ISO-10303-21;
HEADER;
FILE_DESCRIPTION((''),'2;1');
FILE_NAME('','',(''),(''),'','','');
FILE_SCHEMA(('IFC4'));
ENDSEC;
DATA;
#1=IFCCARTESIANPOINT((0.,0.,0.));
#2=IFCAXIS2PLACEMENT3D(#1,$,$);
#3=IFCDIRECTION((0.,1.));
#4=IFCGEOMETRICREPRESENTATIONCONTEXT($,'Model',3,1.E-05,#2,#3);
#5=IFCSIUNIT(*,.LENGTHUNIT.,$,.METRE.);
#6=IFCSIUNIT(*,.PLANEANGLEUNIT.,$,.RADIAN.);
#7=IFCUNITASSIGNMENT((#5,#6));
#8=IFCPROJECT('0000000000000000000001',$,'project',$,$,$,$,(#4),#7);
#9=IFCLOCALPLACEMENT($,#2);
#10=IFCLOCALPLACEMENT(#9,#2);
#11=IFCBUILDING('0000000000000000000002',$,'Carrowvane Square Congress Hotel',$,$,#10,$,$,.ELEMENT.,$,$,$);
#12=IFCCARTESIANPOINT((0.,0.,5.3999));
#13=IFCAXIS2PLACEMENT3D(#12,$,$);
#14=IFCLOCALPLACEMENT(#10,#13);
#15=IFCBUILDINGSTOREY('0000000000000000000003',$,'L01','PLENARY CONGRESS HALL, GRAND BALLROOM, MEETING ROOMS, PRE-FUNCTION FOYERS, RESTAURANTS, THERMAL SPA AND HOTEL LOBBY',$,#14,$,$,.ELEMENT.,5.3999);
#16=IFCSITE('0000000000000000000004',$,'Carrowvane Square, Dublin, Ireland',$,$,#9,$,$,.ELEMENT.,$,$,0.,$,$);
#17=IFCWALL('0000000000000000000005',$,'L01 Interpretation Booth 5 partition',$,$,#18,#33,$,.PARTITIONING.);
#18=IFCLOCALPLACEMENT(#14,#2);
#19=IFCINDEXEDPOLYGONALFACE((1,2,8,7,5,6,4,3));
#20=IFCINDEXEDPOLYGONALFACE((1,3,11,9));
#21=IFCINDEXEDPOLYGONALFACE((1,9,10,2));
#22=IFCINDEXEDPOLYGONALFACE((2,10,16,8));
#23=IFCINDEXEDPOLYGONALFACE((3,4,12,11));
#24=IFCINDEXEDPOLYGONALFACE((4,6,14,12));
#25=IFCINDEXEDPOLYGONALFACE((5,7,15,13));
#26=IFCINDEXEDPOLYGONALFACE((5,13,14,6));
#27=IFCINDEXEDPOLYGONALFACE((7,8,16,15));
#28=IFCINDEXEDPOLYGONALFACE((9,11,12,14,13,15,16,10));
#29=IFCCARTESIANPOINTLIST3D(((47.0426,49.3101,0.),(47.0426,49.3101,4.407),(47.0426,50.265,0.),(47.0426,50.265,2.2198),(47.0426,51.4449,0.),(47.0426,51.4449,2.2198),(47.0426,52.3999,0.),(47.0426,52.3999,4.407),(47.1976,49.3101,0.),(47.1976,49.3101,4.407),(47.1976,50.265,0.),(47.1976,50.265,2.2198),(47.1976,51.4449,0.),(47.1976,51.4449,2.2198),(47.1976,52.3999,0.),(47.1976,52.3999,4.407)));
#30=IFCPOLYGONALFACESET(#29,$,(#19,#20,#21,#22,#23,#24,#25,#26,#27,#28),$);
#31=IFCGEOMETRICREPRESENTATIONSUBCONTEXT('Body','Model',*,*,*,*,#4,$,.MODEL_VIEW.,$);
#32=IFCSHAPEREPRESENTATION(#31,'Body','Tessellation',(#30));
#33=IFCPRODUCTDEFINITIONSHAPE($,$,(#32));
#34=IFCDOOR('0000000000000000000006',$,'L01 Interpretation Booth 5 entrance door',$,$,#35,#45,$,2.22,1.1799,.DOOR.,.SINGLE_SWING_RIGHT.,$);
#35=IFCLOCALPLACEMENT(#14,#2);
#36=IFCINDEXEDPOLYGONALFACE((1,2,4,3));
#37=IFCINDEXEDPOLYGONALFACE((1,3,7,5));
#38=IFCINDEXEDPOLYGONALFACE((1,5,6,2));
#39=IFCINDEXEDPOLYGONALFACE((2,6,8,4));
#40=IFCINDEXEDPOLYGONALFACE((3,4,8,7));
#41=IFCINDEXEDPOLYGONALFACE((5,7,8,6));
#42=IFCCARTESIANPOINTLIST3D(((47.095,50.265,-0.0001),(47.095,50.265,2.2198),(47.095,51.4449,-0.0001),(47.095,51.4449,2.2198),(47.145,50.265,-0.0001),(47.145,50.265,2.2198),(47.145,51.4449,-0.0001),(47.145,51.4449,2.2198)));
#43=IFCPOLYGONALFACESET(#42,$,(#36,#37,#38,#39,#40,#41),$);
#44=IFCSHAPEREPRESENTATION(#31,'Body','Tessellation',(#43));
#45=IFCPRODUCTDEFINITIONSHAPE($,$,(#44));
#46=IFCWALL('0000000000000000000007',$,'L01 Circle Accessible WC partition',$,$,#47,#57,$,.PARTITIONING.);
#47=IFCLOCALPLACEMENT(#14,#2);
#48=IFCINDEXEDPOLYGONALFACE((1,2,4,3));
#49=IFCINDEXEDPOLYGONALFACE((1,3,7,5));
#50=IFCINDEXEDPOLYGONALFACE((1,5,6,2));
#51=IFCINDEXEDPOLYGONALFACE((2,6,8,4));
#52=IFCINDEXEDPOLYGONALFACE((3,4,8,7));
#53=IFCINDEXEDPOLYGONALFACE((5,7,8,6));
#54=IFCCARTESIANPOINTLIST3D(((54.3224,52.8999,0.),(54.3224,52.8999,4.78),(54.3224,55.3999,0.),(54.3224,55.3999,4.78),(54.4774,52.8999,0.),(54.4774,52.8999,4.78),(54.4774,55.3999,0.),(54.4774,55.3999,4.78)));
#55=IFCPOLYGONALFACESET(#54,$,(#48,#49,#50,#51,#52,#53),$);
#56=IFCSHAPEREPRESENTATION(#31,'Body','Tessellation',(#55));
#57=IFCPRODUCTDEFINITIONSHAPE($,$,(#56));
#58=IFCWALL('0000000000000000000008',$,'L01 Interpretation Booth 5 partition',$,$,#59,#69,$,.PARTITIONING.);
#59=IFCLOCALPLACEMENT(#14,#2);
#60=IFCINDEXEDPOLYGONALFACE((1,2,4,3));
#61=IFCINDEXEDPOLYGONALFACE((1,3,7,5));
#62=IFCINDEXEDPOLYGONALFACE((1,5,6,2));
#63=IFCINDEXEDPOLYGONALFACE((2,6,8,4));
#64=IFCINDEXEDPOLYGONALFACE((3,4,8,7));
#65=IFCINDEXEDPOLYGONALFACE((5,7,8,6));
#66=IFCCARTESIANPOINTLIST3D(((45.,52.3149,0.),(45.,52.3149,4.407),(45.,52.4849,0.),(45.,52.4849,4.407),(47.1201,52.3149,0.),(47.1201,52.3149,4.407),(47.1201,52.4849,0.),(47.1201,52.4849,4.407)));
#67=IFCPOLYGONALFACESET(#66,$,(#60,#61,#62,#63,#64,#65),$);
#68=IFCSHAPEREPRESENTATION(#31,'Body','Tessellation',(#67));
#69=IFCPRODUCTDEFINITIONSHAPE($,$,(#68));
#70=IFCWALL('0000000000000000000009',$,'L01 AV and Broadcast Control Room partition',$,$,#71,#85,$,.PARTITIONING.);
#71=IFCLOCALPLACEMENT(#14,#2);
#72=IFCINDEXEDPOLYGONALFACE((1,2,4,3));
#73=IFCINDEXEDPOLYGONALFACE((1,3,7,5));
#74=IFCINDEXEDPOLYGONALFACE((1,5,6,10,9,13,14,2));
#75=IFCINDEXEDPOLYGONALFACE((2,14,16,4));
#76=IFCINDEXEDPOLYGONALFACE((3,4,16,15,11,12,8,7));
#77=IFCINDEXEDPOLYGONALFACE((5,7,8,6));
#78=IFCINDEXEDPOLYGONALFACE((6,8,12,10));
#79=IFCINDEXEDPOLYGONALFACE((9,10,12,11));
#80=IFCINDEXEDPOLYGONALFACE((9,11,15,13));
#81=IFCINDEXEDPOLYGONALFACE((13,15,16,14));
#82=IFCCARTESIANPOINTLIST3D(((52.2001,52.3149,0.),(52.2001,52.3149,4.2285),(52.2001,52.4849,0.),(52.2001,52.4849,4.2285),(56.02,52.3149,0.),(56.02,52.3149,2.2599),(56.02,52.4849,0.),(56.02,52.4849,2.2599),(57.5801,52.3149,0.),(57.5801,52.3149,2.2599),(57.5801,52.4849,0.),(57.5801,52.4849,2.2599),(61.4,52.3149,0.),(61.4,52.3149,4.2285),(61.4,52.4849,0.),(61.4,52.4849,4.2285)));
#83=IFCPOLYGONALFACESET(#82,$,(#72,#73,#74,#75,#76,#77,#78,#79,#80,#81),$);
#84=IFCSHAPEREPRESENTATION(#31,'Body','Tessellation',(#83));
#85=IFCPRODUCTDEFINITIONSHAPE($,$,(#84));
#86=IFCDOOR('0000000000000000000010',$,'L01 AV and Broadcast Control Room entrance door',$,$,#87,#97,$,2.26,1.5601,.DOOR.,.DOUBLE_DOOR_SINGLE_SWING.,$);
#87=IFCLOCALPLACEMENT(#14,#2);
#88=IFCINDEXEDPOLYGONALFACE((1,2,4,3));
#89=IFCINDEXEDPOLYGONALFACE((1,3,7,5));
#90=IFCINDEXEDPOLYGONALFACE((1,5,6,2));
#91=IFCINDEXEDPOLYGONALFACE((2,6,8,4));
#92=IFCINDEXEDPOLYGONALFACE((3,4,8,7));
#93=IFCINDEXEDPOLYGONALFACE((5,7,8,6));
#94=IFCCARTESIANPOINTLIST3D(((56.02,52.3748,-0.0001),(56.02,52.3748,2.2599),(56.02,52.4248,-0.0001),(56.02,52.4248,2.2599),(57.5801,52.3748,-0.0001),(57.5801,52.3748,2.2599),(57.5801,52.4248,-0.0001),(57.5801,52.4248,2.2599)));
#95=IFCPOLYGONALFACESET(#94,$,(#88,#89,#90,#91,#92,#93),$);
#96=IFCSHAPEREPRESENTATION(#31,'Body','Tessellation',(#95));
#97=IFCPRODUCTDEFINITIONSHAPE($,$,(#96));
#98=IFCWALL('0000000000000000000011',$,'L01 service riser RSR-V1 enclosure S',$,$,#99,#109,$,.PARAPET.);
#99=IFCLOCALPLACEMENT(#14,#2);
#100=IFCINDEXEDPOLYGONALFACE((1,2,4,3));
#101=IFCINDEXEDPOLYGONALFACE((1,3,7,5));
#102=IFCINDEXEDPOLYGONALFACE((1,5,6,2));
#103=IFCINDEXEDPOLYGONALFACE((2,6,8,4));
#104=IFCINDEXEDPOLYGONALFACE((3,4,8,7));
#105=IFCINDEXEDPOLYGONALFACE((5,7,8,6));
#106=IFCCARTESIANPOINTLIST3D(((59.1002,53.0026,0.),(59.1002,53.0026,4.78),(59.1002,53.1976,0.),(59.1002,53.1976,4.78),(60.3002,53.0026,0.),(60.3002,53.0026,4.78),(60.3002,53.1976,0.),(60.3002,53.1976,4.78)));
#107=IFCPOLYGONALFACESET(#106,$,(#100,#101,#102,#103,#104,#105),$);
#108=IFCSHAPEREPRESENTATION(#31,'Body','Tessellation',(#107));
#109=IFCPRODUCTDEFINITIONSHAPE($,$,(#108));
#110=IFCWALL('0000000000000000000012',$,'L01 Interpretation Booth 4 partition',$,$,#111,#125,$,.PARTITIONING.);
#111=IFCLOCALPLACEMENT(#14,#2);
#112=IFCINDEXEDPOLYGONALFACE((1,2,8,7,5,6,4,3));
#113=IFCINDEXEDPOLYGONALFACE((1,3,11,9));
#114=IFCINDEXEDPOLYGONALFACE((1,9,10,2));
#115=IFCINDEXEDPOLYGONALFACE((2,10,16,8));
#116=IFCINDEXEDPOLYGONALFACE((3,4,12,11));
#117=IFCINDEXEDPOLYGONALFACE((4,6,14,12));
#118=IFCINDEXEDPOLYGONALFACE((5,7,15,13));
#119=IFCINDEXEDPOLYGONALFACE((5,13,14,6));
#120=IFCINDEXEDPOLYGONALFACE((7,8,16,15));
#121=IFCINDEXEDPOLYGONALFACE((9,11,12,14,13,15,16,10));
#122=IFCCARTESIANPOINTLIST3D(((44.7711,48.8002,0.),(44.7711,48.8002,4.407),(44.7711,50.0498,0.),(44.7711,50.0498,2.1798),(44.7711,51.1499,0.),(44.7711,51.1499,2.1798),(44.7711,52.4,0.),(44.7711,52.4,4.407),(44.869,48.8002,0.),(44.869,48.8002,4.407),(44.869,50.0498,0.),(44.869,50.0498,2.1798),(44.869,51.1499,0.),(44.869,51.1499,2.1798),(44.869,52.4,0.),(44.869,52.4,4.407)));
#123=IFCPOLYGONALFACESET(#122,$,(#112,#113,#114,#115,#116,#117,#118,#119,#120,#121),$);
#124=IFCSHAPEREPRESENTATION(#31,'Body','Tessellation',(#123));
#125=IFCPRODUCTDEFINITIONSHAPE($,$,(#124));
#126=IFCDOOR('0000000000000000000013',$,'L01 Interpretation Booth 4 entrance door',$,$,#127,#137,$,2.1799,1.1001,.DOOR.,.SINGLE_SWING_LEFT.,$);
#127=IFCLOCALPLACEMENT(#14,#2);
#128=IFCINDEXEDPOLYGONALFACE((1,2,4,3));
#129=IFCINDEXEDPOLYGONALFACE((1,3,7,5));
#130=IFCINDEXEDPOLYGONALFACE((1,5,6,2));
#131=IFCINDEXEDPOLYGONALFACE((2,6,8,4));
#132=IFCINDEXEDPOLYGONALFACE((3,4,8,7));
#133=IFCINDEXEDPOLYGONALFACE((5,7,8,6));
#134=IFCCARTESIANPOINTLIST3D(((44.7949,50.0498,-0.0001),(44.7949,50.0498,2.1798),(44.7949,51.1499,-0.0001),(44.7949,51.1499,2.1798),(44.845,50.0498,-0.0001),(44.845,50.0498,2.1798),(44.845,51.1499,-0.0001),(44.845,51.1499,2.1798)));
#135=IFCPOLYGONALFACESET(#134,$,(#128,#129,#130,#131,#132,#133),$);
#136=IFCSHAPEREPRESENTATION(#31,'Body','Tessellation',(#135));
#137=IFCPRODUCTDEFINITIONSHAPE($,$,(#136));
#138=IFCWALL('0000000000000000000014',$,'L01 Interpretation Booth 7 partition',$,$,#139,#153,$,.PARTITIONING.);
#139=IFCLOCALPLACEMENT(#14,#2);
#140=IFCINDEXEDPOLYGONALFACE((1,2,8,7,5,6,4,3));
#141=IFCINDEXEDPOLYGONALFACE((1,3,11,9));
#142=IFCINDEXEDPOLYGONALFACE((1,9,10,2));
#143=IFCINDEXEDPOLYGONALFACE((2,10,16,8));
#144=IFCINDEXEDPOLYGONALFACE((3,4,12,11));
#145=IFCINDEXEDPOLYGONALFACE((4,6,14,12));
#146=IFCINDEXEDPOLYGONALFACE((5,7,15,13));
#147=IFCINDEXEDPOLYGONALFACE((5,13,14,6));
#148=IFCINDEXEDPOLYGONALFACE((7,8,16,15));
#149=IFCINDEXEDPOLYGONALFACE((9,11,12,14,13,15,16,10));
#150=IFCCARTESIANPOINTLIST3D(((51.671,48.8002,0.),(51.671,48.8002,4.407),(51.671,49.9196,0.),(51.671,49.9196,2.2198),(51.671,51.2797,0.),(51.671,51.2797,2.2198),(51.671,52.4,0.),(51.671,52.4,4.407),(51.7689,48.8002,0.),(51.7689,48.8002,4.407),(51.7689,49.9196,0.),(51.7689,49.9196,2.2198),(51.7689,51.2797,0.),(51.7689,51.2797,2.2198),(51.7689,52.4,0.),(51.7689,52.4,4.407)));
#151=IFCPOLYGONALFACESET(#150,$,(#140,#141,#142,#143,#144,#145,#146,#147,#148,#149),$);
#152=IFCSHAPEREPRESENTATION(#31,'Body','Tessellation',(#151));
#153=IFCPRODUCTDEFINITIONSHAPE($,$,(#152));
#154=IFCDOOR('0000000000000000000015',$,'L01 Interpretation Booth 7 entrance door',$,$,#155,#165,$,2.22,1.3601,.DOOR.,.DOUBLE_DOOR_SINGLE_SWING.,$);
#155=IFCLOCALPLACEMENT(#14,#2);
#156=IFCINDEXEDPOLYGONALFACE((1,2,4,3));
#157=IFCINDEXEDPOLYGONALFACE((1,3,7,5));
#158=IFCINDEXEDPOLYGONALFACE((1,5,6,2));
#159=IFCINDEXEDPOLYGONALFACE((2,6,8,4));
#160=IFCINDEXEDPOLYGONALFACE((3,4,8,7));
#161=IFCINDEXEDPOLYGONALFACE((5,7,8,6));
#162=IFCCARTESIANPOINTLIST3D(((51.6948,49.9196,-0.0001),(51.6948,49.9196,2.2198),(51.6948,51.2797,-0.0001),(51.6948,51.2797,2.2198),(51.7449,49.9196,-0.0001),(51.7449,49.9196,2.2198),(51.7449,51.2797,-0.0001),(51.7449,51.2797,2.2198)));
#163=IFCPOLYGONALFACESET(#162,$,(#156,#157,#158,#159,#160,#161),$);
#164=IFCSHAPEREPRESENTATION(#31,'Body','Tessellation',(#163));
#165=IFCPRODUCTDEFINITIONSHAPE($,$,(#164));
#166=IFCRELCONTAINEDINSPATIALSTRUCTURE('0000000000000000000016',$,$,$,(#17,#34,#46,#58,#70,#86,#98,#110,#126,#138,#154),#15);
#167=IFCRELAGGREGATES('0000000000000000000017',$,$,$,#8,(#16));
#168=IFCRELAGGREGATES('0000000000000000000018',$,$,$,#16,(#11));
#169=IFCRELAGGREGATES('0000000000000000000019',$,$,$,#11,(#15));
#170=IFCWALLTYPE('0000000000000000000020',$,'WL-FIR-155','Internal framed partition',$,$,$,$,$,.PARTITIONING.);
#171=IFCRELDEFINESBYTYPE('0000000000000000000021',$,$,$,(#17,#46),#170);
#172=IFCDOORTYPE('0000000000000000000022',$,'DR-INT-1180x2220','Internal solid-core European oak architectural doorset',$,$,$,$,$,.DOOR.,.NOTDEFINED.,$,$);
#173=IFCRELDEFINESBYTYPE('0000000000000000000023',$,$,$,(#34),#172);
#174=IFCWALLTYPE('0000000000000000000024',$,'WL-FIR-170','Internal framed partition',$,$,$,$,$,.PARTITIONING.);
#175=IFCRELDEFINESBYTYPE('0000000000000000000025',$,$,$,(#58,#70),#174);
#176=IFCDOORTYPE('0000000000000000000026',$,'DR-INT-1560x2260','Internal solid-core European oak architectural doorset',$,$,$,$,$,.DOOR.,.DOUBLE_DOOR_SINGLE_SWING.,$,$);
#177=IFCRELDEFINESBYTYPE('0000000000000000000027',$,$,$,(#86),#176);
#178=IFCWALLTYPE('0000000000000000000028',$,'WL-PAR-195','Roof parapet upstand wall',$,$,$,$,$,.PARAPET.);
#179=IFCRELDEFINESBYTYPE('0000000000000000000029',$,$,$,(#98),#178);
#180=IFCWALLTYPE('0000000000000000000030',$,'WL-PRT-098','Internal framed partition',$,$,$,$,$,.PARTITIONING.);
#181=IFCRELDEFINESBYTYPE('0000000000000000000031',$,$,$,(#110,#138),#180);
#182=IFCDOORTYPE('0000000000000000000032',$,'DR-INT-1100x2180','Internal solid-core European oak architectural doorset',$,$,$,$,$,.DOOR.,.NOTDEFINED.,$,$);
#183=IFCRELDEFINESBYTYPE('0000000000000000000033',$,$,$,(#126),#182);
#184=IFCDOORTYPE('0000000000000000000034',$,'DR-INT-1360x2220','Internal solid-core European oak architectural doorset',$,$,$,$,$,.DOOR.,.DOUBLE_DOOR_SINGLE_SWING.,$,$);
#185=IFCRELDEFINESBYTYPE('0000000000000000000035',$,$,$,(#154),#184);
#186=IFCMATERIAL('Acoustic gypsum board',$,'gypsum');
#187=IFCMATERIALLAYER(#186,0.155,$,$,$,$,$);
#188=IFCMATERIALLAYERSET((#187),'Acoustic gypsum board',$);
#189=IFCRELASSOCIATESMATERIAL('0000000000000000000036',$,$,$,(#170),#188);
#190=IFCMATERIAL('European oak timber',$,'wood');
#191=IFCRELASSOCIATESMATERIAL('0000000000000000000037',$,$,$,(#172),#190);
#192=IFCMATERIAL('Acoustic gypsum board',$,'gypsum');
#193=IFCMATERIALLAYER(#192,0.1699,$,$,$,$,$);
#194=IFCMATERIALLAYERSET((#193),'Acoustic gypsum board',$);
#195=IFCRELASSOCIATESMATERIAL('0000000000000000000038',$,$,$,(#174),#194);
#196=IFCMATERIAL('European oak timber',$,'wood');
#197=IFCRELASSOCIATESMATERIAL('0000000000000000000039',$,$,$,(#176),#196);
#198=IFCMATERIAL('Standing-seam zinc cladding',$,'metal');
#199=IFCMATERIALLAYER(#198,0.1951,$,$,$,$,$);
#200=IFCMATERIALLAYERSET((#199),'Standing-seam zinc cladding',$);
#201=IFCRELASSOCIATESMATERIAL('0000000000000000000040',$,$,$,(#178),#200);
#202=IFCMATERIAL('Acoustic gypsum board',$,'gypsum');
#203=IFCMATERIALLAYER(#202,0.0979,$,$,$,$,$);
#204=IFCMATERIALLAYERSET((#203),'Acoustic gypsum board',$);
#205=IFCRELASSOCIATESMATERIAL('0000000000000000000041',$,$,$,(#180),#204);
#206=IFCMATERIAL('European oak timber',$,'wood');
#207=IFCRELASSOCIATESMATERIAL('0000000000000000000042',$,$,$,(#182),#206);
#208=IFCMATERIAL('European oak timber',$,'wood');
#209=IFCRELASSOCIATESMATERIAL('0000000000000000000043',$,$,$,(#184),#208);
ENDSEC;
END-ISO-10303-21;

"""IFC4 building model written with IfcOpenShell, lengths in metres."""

from ifc_helpers import new_model, si_unit, direction, frame, frame_2d, origin, place, context, subcontext, project, spatial, rectangle, extrude, material, layer, layer_set, type_object, element, fill, save


model = new_model("IFC4")

# Units and contexts
model_context = context("Model", 3, precision=1e-05, world=origin(), true_north=direction((0.0, 1.0)))
body_context = subcontext(model_context, "Body", "Model", "MODEL_VIEW")
ifc_project = project(units=[si_unit("LENGTHUNIT", "METRE"), si_unit("PLANEANGLEUNIT", "RADIAN")], contexts=[model_context])

# Site, building, storey
site_placement = place(None, origin())
site = spatial("IfcSite", under=ifc_project, at=site_placement, Name="Carrowvane Square, Dublin, Ireland", CompositionType="ELEMENT", RefElevation=0.0)
building_placement = place(site_placement, origin())
building = spatial("IfcBuilding", under=site, at=building_placement, Name="Carrowvane Square Congress Hotel", CompositionType="ELEMENT")
storey_placement = place(building_placement, frame((0.0, 0.0, 5.3999)))
storey = spatial("IfcBuildingStorey", under=building, at=storey_placement, Name="L01", Description="PLENARY CONGRESS HALL, GRAND BALLROOM, MEETING ROOMS, PRE-FUNCTION FOYERS, RESTAURANTS, THERMAL SPA AND HOTEL LOBBY", CompositionType="ELEMENT", Elevation=5.3999)

# Wall, opening, door
ifc_material_1 = material(Name="Acoustic gypsum board", Category="gypsum")
ifc_layer_1 = layer(ifc_material_1, 0.155)
ifc_layer_set_1 = layer_set([ifc_layer_1], Name="Acoustic gypsum board")
wall_type_1 = type_object("IfcWallType", Name="WL-FIR-155", Description="Internal framed partition", PredefinedType="PARTITIONING", material=ifc_layer_set_1)
wall_1_placement = place(storey_placement, frame((47.1201, 52.3999, 0.0), z_axis=(0.0, 0.0, 1.0), x_axis=(0.0, -1.0, 0.0)))
wall_1 = element("IfcWall", 1, at=wall_1_placement, inside=storey, type_object=wall_type_1, Name="L01 Interpretation Booth 5 partition", PredefinedType="PARTITIONING", context=body_context, shape_type="SweptSolid", body=[
    extrude(rectangle(XDim=3.0898, YDim=0.155, at=frame_2d((1.5449, 0.0))), origin(), (0.0, 0.0, 1.0), 4.407),
])
opening_1_placement = place(wall_1_placement, frame((0.9551, 0.0, 0.0)))
opening_1 = element("IfcOpeningElement", 2, at=opening_1_placement, cuts=wall_1, PredefinedType="OPENING", context=body_context, shape_type="SweptSolid", body=[
    extrude(rectangle(XDim=1.1799, YDim=2.22, at=frame_2d((0.5898, 1.1099))), frame((0.0, 0.0874, 0.0), z_axis=(0.0, -1.0, 0.0), x_axis=(1.0, 0.0, 0.0)), (0.0, 0.0, 1.0), 0.175),
])
ifc_material_2 = material(Name="European oak timber", Category="wood")
door_type_1 = type_object("IfcDoorType", Name="DR-INT-1180x2220", Description="Internal solid-core European oak architectural doorset", OperationType="NOTDEFINED", PredefinedType="DOOR", material=ifc_material_2)
door_1_placement = place(opening_1_placement, origin())
door_1 = element("IfcDoor", 3, at=door_1_placement, inside=storey, type_object=door_type_1, Name="L01 Interpretation Booth 5 entrance door", OperationType="SINGLE_SWING_RIGHT", OverallHeight=2.22, OverallWidth=1.1799, PredefinedType="DOOR", context=body_context, shape_type="SweptSolid", body=[
    extrude(rectangle(XDim=1.1799, YDim=2.22, at=frame_2d((0.5898, 1.1099))), frame((0.0, 0.0249, 0.0), z_axis=(0.0, -1.0, 0.0), x_axis=(1.0, 0.0, 0.0)), (0.0, 0.0, 1.0), 0.05),
])
fill(opening_1, door_1)

# Walls
wall_2_placement = place(storey_placement, frame((54.3999, 52.8999, 0.0), z_axis=(0.0, 0.0, 1.0), x_axis=(0.0, 1.0, 0.0)))
element("IfcWall", 4, at=wall_2_placement, inside=storey, type_object=wall_type_1, Name="L01 Circle Accessible WC partition", PredefinedType="PARTITIONING", context=body_context, shape_type="SweptSolid", body=[
    extrude(rectangle(XDim=2.5, YDim=0.155, at=frame_2d((1.25, 0.0))), origin(), (0.0, 0.0, 1.0), 4.78),
])
ifc_material_3 = material(Name="Acoustic gypsum board", Category="gypsum")
ifc_layer_2 = layer(ifc_material_3, 0.1699)
ifc_layer_set_2 = layer_set([ifc_layer_2], Name="Acoustic gypsum board")
wall_type_2 = type_object("IfcWallType", Name="WL-FIR-170", Description="Internal framed partition", PredefinedType="PARTITIONING", material=ifc_layer_set_2)
wall_3_placement = place(storey_placement, frame((45.0, 52.3999, 0.0), z_axis=(0.0, 0.0, 1.0), x_axis=(1.0, 0.0, 0.0)))
element("IfcWall", 5, at=wall_3_placement, inside=storey, type_object=wall_type_2, Name="L01 Interpretation Booth 5 partition", PredefinedType="PARTITIONING", context=body_context, shape_type="SweptSolid", body=[
    extrude(rectangle(XDim=2.1201, YDim=0.1699, at=frame_2d((1.0601, 0.0))), origin(), (0.0, 0.0, 1.0), 4.407),
])

# Wall, opening, door
wall_4_placement = place(storey_placement, frame((52.2, 52.3999, 0.0), z_axis=(0.0, 0.0, 1.0), x_axis=(1.0, 0.0, 0.0)))
wall_4 = element("IfcWall", 6, at=wall_4_placement, inside=storey, type_object=wall_type_2, Name="L01 AV and Broadcast Control Room partition", PredefinedType="PARTITIONING", context=body_context, shape_type="SweptSolid", body=[
    extrude(rectangle(XDim=9.2, YDim=0.1699, at=frame_2d((4.6001, 0.0))), origin(), (0.0, 0.0, 1.0), 4.2285),
])
opening_2_placement = place(wall_4_placement, frame((3.8201, 0.0, 0.0)))
opening_2 = element("IfcOpeningElement", 7, at=opening_2_placement, cuts=wall_4, PredefinedType="OPENING", context=body_context, shape_type="SweptSolid", body=[
    extrude(rectangle(XDim=1.5601, YDim=2.26, at=frame_2d((0.78, 1.1299))), frame((0.0, 0.095, 0.0), z_axis=(0.0, -1.0, 0.0), x_axis=(1.0, 0.0, 0.0)), (0.0, 0.0, 1.0), 0.1899),
])
ifc_material_4 = material(Name="European oak timber", Category="wood")
door_type_2 = type_object("IfcDoorType", Name="DR-INT-1560x2260", Description="Internal solid-core European oak architectural doorset", OperationType="DOUBLE_DOOR_SINGLE_SWING", PredefinedType="DOOR", material=ifc_material_4)
door_2_placement = place(opening_2_placement, origin())
door_2 = element("IfcDoor", 8, at=door_2_placement, inside=storey, type_object=door_type_2, Name="L01 AV and Broadcast Control Room entrance door", OperationType="DOUBLE_DOOR_SINGLE_SWING", OverallHeight=2.26, OverallWidth=1.5601, PredefinedType="DOOR", context=body_context, shape_type="SweptSolid", body=[
    extrude(rectangle(XDim=1.5601, YDim=2.26, at=frame_2d((0.78, 1.1299))), frame((0.0, 0.0249, 0.0), z_axis=(0.0, -1.0, 0.0), x_axis=(1.0, 0.0, 0.0)), (0.0, 0.0, 1.0), 0.05),
])
fill(opening_2, door_2)

# Wall
ifc_material_5 = material(Name="Standing-seam zinc cladding", Category="metal")
ifc_layer_3 = layer(ifc_material_5, 0.1951)
ifc_layer_set_3 = layer_set([ifc_layer_3], Name="Standing-seam zinc cladding")
wall_type_3 = type_object("IfcWallType", Name="WL-PAR-195", Description="Roof parapet upstand wall", PredefinedType="PARAPET", material=ifc_layer_set_3)
wall_5_placement = place(storey_placement, frame((59.1001, 53.1001, 0.0), z_axis=(0.0, 0.0, 1.0), x_axis=(1.0, 0.0, 0.0)))
element("IfcWall", 9, at=wall_5_placement, inside=storey, type_object=wall_type_3, Name="L01 service riser RSR-V1 enclosure S", PredefinedType="PARAPET", context=body_context, shape_type="SweptSolid", body=[
    extrude(rectangle(XDim=1.2, YDim=0.1951, at=frame_2d((0.6001, 0.0))), origin(), (0.0, 0.0, 1.0), 4.78),
])

# Walls, openings, doors
ifc_material_6 = material(Name="Acoustic gypsum board", Category="gypsum")
ifc_layer_4 = layer(ifc_material_6, 0.0979)
ifc_layer_set_4 = layer_set([ifc_layer_4], Name="Acoustic gypsum board")
wall_type_4 = type_object("IfcWallType", Name="WL-PRT-098", Description="Internal framed partition", PredefinedType="PARTITIONING", material=ifc_layer_set_4)
wall_6_placement = place(storey_placement, frame((44.8201, 52.3999, 0.0), z_axis=(0.0, 0.0, 1.0), x_axis=(0.0, -1.0, 0.0)))
wall_6 = element("IfcWall", 10, at=wall_6_placement, inside=storey, type_object=wall_type_4, Name="L01 Interpretation Booth 4 partition", PredefinedType="PARTITIONING", context=body_context, shape_type="SweptSolid", body=[
    extrude(rectangle(XDim=3.5999, YDim=0.0979, at=frame_2d((1.7998, 0.0))), origin(), (0.0, 0.0, 1.0), 4.407),
])
opening_3_placement = place(wall_6_placement, frame((1.25, 0.0, 0.0)))
opening_3 = element("IfcOpeningElement", 11, at=opening_3_placement, cuts=wall_6, PredefinedType="OPENING", context=body_context, shape_type="SweptSolid", body=[
    extrude(rectangle(XDim=1.1001, YDim=2.1799, at=frame_2d((0.55, 1.0898))), frame((0.0, 0.0588, 0.0), z_axis=(0.0, -1.0, 0.0), x_axis=(1.0, 0.0, 0.0)), (0.0, 0.0, 1.0), 0.1179),
])
ifc_material_7 = material(Name="European oak timber", Category="wood")
door_type_3 = type_object("IfcDoorType", Name="DR-INT-1100x2180", Description="Internal solid-core European oak architectural doorset", OperationType="NOTDEFINED", PredefinedType="DOOR", material=ifc_material_7)
door_3_placement = place(opening_3_placement, origin())
door_3 = element("IfcDoor", 12, at=door_3_placement, inside=storey, type_object=door_type_3, Name="L01 Interpretation Booth 4 entrance door", OperationType="SINGLE_SWING_LEFT", OverallHeight=2.1799, OverallWidth=1.1001, PredefinedType="DOOR", context=body_context, shape_type="SweptSolid", body=[
    extrude(rectangle(XDim=1.1001, YDim=2.1799, at=frame_2d((0.55, 1.0898))), frame((0.0, 0.0249, 0.0), z_axis=(0.0, -1.0, 0.0), x_axis=(1.0, 0.0, 0.0)), (0.0, 0.0, 1.0), 0.05),
])
fill(opening_3, door_3)
wall_7_placement = place(storey_placement, frame((51.72, 52.3999, 0.0), z_axis=(0.0, 0.0, 1.0), x_axis=(0.0, -1.0, 0.0)))
wall_7 = element("IfcWall", 13, at=wall_7_placement, inside=storey, type_object=wall_type_4, Name="L01 Interpretation Booth 7 partition", PredefinedType="PARTITIONING", context=body_context, shape_type="SweptSolid", body=[
    extrude(rectangle(XDim=3.5999, YDim=0.0979, at=frame_2d((1.7998, 0.0))), origin(), (0.0, 0.0, 1.0), 4.407),
])
opening_4_placement = place(wall_7_placement, frame((1.1201, 0.0, 0.0)))
opening_4 = element("IfcOpeningElement", 14, at=opening_4_placement, cuts=wall_7, PredefinedType="OPENING", context=body_context, shape_type="SweptSolid", body=[
    extrude(rectangle(XDim=1.3601, YDim=2.22, at=frame_2d((0.6802, 1.1099))), frame((0.0, 0.0588, 0.0), z_axis=(0.0, -1.0, 0.0), x_axis=(1.0, 0.0, 0.0)), (0.0, 0.0, 1.0), 0.1179),
])
ifc_material_8 = material(Name="European oak timber", Category="wood")
door_type_4 = type_object("IfcDoorType", Name="DR-INT-1360x2220", Description="Internal solid-core European oak architectural doorset", OperationType="DOUBLE_DOOR_SINGLE_SWING", PredefinedType="DOOR", material=ifc_material_8)
door_4_placement = place(opening_4_placement, origin())
door_4 = element("IfcDoor", 15, at=door_4_placement, inside=storey, type_object=door_type_4, Name="L01 Interpretation Booth 7 entrance door", OperationType="DOUBLE_DOOR_SINGLE_SWING", OverallHeight=2.22, OverallWidth=1.3601, PredefinedType="DOOR", context=body_context, shape_type="SweptSolid", body=[
    extrude(rectangle(XDim=1.3601, YDim=2.22, at=frame_2d((0.6802, 1.1099))), frame((0.0, 0.0249, 0.0), z_axis=(0.0, -1.0, 0.0), x_axis=(1.0, 0.0, 0.0)), (0.0, 0.0, 1.0), 0.05),
])
fill(opening_4, door_4)

save(model, "model.ifc")
